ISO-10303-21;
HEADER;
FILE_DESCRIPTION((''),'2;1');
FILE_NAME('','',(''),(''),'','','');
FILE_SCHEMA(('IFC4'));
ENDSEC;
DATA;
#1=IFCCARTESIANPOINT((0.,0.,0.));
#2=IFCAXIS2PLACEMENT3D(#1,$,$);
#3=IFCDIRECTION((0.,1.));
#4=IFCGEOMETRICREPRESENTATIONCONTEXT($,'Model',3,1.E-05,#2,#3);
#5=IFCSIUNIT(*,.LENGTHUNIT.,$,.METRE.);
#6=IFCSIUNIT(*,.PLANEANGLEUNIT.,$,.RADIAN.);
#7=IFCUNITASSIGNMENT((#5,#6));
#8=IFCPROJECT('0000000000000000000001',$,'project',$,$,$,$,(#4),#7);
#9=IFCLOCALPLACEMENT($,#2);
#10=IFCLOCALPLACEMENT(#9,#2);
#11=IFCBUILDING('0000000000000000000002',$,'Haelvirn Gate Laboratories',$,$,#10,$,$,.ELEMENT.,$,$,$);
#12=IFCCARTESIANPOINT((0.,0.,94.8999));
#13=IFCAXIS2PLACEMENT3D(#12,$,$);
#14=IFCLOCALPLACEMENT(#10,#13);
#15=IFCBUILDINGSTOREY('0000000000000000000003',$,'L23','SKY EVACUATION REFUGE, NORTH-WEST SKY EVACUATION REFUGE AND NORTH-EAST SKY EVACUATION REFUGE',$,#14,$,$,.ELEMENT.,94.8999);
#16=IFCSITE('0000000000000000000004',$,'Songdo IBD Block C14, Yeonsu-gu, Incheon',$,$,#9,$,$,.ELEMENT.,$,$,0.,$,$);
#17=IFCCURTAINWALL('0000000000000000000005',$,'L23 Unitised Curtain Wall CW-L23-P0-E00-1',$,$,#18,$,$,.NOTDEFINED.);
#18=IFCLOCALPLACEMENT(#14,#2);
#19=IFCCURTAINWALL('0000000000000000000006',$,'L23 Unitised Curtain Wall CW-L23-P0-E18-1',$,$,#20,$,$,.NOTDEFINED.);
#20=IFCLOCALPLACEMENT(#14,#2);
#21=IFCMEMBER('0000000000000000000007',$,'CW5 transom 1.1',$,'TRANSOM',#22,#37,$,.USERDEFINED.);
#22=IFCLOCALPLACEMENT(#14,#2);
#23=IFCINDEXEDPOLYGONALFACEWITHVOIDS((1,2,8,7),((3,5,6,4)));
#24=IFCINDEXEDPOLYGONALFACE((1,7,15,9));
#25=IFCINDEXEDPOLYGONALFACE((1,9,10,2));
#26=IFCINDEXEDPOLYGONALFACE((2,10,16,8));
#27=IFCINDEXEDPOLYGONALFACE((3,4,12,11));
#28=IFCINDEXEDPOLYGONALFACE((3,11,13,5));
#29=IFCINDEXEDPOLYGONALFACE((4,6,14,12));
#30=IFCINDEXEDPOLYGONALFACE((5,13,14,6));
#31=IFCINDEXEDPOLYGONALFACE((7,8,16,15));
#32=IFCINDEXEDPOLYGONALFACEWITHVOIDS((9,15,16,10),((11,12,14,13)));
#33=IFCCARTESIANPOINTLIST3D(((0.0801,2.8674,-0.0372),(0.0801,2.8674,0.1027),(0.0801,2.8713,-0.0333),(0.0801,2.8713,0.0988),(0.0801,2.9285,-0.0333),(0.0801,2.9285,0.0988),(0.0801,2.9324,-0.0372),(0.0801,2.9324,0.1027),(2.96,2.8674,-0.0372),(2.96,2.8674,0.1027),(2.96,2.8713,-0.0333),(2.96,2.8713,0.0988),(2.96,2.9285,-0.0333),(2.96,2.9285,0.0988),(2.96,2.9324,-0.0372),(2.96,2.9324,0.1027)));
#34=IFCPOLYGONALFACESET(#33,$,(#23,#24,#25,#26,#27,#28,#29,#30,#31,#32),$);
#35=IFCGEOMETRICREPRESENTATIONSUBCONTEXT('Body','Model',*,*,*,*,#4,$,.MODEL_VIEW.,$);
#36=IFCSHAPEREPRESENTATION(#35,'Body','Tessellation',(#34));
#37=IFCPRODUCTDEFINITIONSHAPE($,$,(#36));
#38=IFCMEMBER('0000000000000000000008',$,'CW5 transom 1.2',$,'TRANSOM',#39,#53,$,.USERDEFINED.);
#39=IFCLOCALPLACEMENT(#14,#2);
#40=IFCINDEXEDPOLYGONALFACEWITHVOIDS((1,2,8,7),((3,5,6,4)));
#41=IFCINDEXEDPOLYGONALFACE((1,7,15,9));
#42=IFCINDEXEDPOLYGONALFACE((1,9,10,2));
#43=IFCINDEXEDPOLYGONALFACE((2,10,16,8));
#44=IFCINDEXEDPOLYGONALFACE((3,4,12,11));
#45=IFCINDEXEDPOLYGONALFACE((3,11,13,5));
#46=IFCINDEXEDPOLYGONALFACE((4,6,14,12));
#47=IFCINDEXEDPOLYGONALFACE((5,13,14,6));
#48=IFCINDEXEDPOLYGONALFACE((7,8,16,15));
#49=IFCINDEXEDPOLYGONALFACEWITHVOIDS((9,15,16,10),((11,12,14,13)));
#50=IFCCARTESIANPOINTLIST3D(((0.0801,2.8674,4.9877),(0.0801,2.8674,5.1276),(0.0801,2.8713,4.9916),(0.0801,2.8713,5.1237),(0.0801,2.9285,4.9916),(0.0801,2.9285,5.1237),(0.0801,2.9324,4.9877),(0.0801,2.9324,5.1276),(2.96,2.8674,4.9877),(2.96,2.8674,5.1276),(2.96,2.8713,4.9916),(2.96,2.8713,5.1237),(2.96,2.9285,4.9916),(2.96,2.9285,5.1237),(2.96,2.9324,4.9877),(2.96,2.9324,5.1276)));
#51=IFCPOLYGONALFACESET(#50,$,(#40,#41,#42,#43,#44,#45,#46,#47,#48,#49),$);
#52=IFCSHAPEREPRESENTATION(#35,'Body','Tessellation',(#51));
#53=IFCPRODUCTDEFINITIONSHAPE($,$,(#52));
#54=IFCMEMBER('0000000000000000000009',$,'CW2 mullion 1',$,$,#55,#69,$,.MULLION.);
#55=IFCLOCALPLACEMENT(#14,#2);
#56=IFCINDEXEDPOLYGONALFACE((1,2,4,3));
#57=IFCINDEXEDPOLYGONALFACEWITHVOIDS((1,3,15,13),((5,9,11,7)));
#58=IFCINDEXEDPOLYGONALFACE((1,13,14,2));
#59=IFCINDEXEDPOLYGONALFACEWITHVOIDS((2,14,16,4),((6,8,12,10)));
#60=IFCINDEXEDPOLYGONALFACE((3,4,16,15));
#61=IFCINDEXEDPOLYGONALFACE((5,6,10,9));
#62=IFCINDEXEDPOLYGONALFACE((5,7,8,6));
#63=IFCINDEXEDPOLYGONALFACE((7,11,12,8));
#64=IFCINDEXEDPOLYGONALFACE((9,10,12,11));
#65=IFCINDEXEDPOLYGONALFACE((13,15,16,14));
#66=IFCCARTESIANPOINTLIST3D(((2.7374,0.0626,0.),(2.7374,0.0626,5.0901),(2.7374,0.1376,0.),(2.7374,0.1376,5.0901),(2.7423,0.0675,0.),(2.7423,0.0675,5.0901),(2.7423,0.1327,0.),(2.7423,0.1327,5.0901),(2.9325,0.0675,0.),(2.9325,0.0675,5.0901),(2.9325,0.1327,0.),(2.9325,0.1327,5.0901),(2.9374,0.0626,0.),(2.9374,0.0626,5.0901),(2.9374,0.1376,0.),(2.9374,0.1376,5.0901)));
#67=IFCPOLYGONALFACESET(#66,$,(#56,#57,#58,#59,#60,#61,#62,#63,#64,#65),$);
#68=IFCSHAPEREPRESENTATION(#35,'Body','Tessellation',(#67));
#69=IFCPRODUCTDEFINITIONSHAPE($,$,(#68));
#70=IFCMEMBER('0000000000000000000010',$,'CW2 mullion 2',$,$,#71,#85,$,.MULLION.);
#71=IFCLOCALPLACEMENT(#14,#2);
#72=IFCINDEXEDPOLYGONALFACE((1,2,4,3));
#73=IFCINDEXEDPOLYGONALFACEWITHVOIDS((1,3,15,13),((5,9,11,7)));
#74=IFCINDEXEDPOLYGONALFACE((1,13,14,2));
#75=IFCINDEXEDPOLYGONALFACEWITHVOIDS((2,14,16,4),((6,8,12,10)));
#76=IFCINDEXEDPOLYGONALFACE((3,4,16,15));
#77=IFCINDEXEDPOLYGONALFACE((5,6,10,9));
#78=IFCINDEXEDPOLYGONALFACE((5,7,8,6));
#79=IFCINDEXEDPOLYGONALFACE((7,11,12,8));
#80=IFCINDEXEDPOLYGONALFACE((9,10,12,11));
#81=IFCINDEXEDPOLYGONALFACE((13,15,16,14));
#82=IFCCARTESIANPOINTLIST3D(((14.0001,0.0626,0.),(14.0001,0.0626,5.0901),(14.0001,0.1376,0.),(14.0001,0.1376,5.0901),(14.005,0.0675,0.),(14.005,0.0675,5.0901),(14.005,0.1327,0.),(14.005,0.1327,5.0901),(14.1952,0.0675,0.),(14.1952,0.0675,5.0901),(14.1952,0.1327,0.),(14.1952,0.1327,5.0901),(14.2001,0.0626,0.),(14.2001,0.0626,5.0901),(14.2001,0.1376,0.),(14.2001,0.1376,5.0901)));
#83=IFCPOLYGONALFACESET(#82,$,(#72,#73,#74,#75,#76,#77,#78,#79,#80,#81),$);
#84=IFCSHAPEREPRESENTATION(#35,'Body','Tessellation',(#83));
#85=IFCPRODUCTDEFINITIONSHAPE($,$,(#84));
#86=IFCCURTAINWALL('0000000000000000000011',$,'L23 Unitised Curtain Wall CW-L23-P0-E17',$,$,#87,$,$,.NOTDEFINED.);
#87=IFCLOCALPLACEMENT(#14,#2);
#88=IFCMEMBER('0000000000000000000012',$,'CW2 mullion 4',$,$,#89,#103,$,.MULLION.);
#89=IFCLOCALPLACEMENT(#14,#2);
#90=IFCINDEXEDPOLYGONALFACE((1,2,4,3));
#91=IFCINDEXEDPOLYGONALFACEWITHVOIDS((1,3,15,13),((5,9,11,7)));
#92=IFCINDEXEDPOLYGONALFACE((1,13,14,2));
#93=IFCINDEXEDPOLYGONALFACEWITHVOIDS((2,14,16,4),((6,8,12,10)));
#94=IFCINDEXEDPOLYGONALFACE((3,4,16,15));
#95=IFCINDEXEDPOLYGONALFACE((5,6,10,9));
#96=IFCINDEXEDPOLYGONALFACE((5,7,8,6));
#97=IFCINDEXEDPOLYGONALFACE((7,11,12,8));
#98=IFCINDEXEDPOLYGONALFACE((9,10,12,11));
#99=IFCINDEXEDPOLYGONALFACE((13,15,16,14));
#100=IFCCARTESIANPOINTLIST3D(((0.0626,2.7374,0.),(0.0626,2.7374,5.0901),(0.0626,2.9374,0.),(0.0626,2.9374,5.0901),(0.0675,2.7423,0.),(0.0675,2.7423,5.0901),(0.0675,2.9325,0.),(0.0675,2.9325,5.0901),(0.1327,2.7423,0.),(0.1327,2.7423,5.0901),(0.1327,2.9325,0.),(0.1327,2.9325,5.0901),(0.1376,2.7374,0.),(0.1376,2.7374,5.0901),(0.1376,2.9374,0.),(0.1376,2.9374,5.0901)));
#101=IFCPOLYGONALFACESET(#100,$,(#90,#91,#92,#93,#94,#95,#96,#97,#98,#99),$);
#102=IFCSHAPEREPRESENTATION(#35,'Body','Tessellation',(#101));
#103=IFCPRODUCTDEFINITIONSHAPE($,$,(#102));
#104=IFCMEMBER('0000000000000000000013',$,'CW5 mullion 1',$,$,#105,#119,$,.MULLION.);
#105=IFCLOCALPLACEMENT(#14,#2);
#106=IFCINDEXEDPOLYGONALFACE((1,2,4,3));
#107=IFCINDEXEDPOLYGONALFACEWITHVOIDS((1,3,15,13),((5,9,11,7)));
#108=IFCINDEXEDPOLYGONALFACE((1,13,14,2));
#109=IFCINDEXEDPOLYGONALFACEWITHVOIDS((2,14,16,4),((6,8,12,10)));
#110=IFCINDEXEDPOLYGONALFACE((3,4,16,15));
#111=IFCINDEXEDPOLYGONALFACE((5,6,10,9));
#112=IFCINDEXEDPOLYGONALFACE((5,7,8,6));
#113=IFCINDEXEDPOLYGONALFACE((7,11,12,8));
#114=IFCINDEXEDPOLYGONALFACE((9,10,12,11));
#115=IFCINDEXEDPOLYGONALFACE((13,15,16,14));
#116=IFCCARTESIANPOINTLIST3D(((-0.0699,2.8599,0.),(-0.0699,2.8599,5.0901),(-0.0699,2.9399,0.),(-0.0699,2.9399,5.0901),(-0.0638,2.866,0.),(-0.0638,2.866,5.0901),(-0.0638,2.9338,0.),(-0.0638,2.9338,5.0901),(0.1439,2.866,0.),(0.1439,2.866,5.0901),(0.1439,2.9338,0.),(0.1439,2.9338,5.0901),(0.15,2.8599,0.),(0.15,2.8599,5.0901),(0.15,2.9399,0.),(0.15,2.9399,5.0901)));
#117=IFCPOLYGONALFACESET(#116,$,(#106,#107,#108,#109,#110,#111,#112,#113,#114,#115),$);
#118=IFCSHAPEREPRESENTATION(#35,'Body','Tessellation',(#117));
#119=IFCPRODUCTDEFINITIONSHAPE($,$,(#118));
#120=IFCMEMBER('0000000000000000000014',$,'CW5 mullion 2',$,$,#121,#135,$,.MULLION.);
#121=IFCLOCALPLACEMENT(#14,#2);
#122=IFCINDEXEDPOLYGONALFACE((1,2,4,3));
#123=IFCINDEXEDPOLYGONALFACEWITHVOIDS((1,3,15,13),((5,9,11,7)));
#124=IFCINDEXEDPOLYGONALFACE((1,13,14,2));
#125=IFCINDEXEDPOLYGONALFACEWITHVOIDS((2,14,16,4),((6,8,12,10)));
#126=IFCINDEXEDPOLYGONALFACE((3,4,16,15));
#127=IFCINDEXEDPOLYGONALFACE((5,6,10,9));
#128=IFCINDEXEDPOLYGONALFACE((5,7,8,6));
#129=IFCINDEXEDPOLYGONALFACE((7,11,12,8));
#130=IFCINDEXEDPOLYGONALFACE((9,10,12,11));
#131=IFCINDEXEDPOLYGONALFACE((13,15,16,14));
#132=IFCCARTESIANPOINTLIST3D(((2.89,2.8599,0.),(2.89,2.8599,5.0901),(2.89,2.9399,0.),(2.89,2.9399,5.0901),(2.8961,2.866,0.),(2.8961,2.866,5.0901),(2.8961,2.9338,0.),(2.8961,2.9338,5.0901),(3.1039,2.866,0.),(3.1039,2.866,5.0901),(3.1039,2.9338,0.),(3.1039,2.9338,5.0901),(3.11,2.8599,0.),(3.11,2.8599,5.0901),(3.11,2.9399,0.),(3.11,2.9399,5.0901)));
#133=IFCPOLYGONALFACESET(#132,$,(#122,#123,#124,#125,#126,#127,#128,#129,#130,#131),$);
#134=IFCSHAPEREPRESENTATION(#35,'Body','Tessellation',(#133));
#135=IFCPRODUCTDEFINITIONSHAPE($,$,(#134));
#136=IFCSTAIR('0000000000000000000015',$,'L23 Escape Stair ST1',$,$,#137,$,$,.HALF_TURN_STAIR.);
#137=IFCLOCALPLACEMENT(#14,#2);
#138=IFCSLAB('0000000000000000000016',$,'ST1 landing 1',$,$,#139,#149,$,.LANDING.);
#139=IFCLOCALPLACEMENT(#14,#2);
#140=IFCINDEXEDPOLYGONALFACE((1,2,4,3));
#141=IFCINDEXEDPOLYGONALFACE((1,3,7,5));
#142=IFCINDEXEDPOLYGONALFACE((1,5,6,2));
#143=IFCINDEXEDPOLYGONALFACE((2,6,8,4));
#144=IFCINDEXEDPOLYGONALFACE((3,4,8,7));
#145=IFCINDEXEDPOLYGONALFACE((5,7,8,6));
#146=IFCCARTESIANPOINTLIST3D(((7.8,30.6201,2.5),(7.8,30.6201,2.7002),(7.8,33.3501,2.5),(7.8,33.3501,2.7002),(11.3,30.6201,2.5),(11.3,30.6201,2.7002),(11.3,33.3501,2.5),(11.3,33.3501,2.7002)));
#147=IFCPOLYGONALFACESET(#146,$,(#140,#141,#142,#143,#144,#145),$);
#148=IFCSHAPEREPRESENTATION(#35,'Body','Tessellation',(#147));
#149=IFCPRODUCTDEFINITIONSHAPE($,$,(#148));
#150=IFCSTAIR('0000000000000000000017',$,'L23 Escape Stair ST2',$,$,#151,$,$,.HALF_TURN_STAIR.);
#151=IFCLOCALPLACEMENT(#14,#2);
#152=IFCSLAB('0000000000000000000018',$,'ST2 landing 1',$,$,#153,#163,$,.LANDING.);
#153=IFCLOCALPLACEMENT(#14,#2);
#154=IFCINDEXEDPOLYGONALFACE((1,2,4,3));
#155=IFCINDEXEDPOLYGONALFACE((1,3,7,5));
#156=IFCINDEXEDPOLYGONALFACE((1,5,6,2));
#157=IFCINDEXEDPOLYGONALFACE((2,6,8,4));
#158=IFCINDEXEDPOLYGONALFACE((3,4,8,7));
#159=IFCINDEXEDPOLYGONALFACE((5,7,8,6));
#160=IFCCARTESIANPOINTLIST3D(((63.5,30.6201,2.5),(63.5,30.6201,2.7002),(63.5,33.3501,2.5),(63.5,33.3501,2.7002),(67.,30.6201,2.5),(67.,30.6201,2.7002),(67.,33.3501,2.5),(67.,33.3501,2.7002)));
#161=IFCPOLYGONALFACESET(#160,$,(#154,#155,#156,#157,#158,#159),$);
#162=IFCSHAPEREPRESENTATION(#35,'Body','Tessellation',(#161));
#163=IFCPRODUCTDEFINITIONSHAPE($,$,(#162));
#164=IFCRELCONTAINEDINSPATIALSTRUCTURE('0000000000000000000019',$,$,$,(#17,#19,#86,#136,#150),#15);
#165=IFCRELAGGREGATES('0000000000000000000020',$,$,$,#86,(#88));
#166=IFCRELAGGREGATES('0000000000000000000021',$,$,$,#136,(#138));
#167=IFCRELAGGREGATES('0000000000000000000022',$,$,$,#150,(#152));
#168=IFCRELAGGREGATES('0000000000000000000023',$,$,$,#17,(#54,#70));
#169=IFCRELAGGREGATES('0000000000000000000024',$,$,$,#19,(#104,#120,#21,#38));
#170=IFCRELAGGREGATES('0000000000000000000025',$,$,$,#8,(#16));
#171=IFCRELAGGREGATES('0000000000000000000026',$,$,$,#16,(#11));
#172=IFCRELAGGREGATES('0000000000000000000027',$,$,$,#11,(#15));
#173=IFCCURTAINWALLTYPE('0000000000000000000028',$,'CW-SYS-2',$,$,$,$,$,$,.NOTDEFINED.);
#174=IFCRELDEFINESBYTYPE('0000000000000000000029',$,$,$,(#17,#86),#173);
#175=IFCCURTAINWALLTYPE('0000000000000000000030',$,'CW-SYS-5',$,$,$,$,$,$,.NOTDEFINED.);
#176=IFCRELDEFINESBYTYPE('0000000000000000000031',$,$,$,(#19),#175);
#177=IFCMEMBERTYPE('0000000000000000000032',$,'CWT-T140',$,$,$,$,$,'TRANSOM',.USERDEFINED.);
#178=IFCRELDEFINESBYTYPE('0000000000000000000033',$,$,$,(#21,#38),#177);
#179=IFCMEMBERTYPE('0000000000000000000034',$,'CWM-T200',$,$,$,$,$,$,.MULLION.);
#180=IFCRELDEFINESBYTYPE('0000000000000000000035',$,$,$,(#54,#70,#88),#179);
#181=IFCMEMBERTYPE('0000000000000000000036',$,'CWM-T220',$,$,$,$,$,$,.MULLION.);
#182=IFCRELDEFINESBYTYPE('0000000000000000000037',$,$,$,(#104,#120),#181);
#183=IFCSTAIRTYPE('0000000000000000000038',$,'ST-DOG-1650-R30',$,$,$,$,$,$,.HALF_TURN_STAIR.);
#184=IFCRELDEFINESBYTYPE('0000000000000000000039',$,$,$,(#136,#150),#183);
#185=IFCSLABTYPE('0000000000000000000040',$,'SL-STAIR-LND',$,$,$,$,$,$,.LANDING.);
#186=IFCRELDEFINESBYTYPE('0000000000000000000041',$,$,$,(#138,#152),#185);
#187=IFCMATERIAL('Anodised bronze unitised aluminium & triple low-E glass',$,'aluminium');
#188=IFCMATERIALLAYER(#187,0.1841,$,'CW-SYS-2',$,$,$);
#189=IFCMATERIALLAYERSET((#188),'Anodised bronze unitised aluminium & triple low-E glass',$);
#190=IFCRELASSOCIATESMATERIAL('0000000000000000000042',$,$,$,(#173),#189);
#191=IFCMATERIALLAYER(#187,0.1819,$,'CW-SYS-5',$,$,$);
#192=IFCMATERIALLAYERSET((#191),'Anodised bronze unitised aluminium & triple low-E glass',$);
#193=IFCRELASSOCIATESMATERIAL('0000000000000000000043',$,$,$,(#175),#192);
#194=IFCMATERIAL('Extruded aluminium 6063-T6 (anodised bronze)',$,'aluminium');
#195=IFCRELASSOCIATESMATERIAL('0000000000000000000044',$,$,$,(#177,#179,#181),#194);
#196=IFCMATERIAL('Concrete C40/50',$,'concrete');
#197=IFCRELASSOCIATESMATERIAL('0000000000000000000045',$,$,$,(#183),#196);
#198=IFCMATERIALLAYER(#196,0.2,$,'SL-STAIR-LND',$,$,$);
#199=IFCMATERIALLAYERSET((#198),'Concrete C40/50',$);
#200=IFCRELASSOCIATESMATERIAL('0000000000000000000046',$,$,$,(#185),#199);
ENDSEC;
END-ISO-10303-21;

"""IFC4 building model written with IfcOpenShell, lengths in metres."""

from ifc_helpers import new_model, si_unit, direction, frame, origin, origin_2d, place, context, subcontext, project, spatial, polyline, hollow_rectangle, outline, extrude, source, transform, mapped, material, layer, layer_set, material_profile, profile_set, type_object, type_shapes, element, aggregate, save


model = new_model("IFC4")

# Units and contexts
model_context = context("Model", 3, precision=1e-05, world=origin(), true_north=direction((0.0, 1.0)))
body_context = subcontext(model_context, "Body", "Model", "MODEL_VIEW")
ifc_project = project(units=[si_unit("LENGTHUNIT", "METRE"), si_unit("PLANEANGLEUNIT", "RADIAN")], contexts=[model_context])

# Site, building, storey
site_placement = place(None, origin())
site = spatial("IfcSite", under=ifc_project, at=site_placement, Name="Songdo IBD Block C14, Yeonsu-gu, Incheon", CompositionType="ELEMENT", RefElevation=0.0)
building_placement = place(site_placement, origin())
building = spatial("IfcBuilding", under=site, at=building_placement, Name="Haelvirn Gate Laboratories", CompositionType="ELEMENT")
storey_placement = place(building_placement, frame((0.0, 0.0, 94.8999)))
storey = spatial("IfcBuildingStorey", under=building, at=storey_placement, Name="L23", Description="SKY EVACUATION REFUGE, NORTH-WEST SKY EVACUATION REFUGE AND NORTH-EAST SKY EVACUATION REFUGE", CompositionType="ELEMENT", Elevation=94.8999)

# Curtain walls, members
ifc_material_1 = material(Name="Anodised bronze unitised aluminium & triple low-E glass", Category="aluminium")
ifc_layer_1 = layer(ifc_material_1, 0.1841, Name="CW-SYS-2")
ifc_layer_set_1 = layer_set([ifc_layer_1], Name="Anodised bronze unitised aluminium & triple low-E glass")
curtain_wall_type_1 = type_object("IfcCurtainWallType", Name="CW-SYS-2", PredefinedType="NOTDEFINED", material=ifc_layer_set_1)
curtain_wall_1_placement = place(storey_placement, origin())
curtain_wall_1 = element("IfcCurtainWall", 1, at=curtain_wall_1_placement, inside=storey, type_object=curtain_wall_type_1, Name="L23 Unitised Curtain Wall CW-L23-P0-E00-1", PredefinedType="NOTDEFINED")
ifc_material_2 = material(Name="Extruded aluminium 6063-T6 (anodised bronze)", Category="aluminium")
ifc_layer_2 = layer(ifc_material_1, 0.1819, Name="CW-SYS-5")
ifc_layer_set_2 = layer_set([ifc_layer_2], Name="Anodised bronze unitised aluminium & triple low-E glass")
curtain_wall_type_2 = type_object("IfcCurtainWallType", Name="CW-SYS-5", PredefinedType="NOTDEFINED", material=ifc_layer_set_2)
curtain_wall_2_placement = place(storey_placement, origin())
curtain_wall_2 = element("IfcCurtainWall", 2, at=curtain_wall_2_placement, inside=storey, type_object=curtain_wall_type_2, Name="L23 Unitised Curtain Wall CW-L23-P0-E18-1", PredefinedType="NOTDEFINED")
ifc_material_profile_1 = material_profile(ifc_material_2, hollow_rectangle(XDim=0.0649, YDim=0.1399, WallThickness=0.0039, at=origin_2d()), Name="CWT-140x65x4")
ifc_profile_set_1 = profile_set([ifc_material_profile_1], Name="Extruded aluminium 6063-T6 (anodised bronze)")
member_type_1 = type_object("IfcMemberType", Name="CWT-T140", ElementType="TRANSOM", PredefinedType="USERDEFINED", material=ifc_profile_set_1)
shared_shape_1 = source(origin(), body_context, "Body", "SweptSolid", [
    extrude(hollow_rectangle(XDim=0.0649, YDim=0.1399, WallThickness=0.0039, at=origin_2d()), origin(), (0.0, 0.0, 1.0), 2.8799),
])
type_shapes(member_type_1, [shared_shape_1])
member_1_placement = place(storey_placement, frame((0.0801, 2.8999, 0.0327), z_axis=(1.0, 0.0, 0.0), x_axis=(0.0, 1.0, 0.0)))
member_1 = element("IfcMember", 3, at=member_1_placement, type_object=member_type_1, Name="CW5 transom 1.1", ObjectType="TRANSOM", PredefinedType="USERDEFINED", context=body_context, shape_type="MappedRepresentation", body=[
    mapped(shared_shape_1, transform((0.0, 0.0, 0.0), scale=1.0)),
])
member_2_placement = place(storey_placement, frame((0.0801, 2.8999, 5.0576), z_axis=(1.0, 0.0, 0.0), x_axis=(0.0, 1.0, 0.0)))
member_2 = element("IfcMember", 4, at=member_2_placement, type_object=member_type_1, Name="CW5 transom 1.2", ObjectType="TRANSOM", PredefinedType="USERDEFINED", context=body_context, shape_type="MappedRepresentation", body=[
    mapped(shared_shape_1, transform((0.0, 0.0, 0.0), scale=1.0)),
])

# Members
ifc_material_profile_2 = material_profile(ifc_material_2, hollow_rectangle(XDim=0.075, YDim=0.2, WallThickness=0.0049, at=origin_2d()), Name="CWM-200x75x5")
ifc_profile_set_2 = profile_set([ifc_material_profile_2], Name="Extruded aluminium 6063-T6 (anodised bronze)")
member_type_2 = type_object("IfcMemberType", Name="CWM-T200", PredefinedType="MULLION", material=ifc_profile_set_2)
shared_shape_2 = source(origin(), body_context, "Body", "SweptSolid", [
    extrude(hollow_rectangle(XDim=0.075, YDim=0.2, WallThickness=0.0049, at=origin_2d()), origin(), (0.0, 0.0, 1.0), 5.0901),
])
type_shapes(member_type_2, [shared_shape_2])
member_3_placement = place(storey_placement, frame((2.8374, 0.1001, 0.0), z_axis=(0.0, 0.0, 1.0), x_axis=(0.0, 1.0, 0.0)))
member_3 = element("IfcMember", 5, at=member_3_placement, type_object=member_type_2, Name="CW2 mullion 1", PredefinedType="MULLION", context=body_context, shape_type="MappedRepresentation", body=[
    mapped(shared_shape_2, transform((0.0, 0.0, 0.0), scale=1.0)),
])
member_4_placement = place(storey_placement, frame((14.1001, 0.1001, 0.0), z_axis=(0.0, 0.0, 1.0), x_axis=(0.0, 1.0, 0.0)))
member_4 = element("IfcMember", 6, at=member_4_placement, type_object=member_type_2, Name="CW2 mullion 2", PredefinedType="MULLION", context=body_context, shape_type="MappedRepresentation", body=[
    mapped(shared_shape_2, transform((0.0, 0.0, 0.0), scale=1.0)),
])

# Curtain wall, member
curtain_wall_3_placement = place(storey_placement, origin())
curtain_wall_3 = element("IfcCurtainWall", 7, at=curtain_wall_3_placement, inside=storey, type_object=curtain_wall_type_1, Name="L23 Unitised Curtain Wall CW-L23-P0-E17", PredefinedType="NOTDEFINED")
member_5_placement = place(storey_placement, frame((0.1001, 2.8374, 0.0), z_axis=(0.0, 0.0, 1.0), x_axis=(1.0, 0.0, 0.0)))
member_5 = element("IfcMember", 8, at=member_5_placement, type_object=member_type_2, Name="CW2 mullion 4", PredefinedType="MULLION", context=body_context, shape_type="MappedRepresentation", body=[
    mapped(shared_shape_2, transform((0.0, 0.0, 0.0), scale=1.0)),
])
aggregate(curtain_wall_3, [member_5])

# Members
ifc_material_profile_3 = material_profile(ifc_material_2, hollow_rectangle(XDim=0.0801, YDim=0.22, WallThickness=0.0061, at=origin_2d()), Name="CWM-220x80x6")
ifc_profile_set_3 = profile_set([ifc_material_profile_3], Name="Extruded aluminium 6063-T6 (anodised bronze)")
member_type_3 = type_object("IfcMemberType", Name="CWM-T220", PredefinedType="MULLION", material=ifc_profile_set_3)
shared_shape_3 = source(origin(), body_context, "Body", "SweptSolid", [
    extrude(hollow_rectangle(XDim=0.0801, YDim=0.22, WallThickness=0.0061, at=origin_2d()), origin(), (0.0, 0.0, 1.0), 5.0901),
])
type_shapes(member_type_3, [shared_shape_3])
member_6_placement = place(storey_placement, frame((0.04, 2.8999, 0.0), z_axis=(0.0, 0.0, 1.0), x_axis=(0.0, 1.0, 0.0)))
member_6 = element("IfcMember", 9, at=member_6_placement, type_object=member_type_3, Name="CW5 mullion 1", PredefinedType="MULLION", context=body_context, shape_type="MappedRepresentation", body=[
    mapped(shared_shape_3, transform((0.0, 0.0, 0.0), scale=1.0)),
])
member_7_placement = place(storey_placement, frame((3.0, 2.8999, 0.0), z_axis=(0.0, 0.0, 1.0), x_axis=(0.0, 1.0, 0.0)))
member_7 = element("IfcMember", 10, at=member_7_placement, type_object=member_type_3, Name="CW5 mullion 2", PredefinedType="MULLION", context=body_context, shape_type="MappedRepresentation", body=[
    mapped(shared_shape_3, transform((0.0, 0.0, 0.0), scale=1.0)),
])

# Stairs, slabs
ifc_material_3 = material(Name="Concrete C40/50", Category="concrete")
stair_type = type_object("IfcStairType", Name="ST-DOG-1650-R30", PredefinedType="HALF_TURN_STAIR", material=ifc_material_3)
stair_1_placement = place(storey_placement, origin())
stair_1 = element("IfcStair", 11, at=stair_1_placement, inside=storey, type_object=stair_type, Name="L23 Escape Stair ST1", PredefinedType="HALF_TURN_STAIR")
ifc_layer_3 = layer(ifc_material_3, 0.2, Name="SL-STAIR-LND")
ifc_layer_set_3 = layer_set([ifc_layer_3], Name="Concrete C40/50")
slab_type_1 = type_object("IfcSlabType", Name="SL-STAIR-LND", PredefinedType="LANDING", material=ifc_layer_set_3)
slab_1_placement = place(storey_placement, frame((0.0, 0.0, 2.5)))
slab_1 = element("IfcSlab", 12, at=slab_1_placement, type_object=slab_type_1, Name="ST1 landing 1", PredefinedType="LANDING", context=body_context, shape_type="SweptSolid", body=[
    extrude(outline(polyline([(11.3, 30.6201), (11.3, 33.3501), (7.8, 33.3501), (7.8, 30.6201), (11.3, 30.6201)])), origin(), (0.0, 0.0, 1.0), 0.2002),
])
aggregate(stair_1, [slab_1])
stair_2_placement = place(storey_placement, origin())
stair_2 = element("IfcStair", 13, at=stair_2_placement, inside=storey, type_object=stair_type, Name="L23 Escape Stair ST2", PredefinedType="HALF_TURN_STAIR")
slab_2_placement = place(storey_placement, frame((0.0, 0.0, 2.5)))
slab_2 = element("IfcSlab", 14, at=slab_2_placement, type_object=slab_type_1, Name="ST2 landing 1", PredefinedType="LANDING", context=body_context, shape_type="SweptSolid", body=[
    extrude(outline(polyline([(67.0, 30.6201), (67.0, 33.3501), (63.5, 33.3501), (63.5, 30.6201), (67.0, 30.6201)])), origin(), (0.0, 0.0, 1.0), 0.2002),
])
aggregate(stair_2, [slab_2])

aggregate(curtain_wall_1, [member_3, member_4])
aggregate(curtain_wall_2, [member_6, member_7, member_1, member_2])

save(model, "model.ifc")
